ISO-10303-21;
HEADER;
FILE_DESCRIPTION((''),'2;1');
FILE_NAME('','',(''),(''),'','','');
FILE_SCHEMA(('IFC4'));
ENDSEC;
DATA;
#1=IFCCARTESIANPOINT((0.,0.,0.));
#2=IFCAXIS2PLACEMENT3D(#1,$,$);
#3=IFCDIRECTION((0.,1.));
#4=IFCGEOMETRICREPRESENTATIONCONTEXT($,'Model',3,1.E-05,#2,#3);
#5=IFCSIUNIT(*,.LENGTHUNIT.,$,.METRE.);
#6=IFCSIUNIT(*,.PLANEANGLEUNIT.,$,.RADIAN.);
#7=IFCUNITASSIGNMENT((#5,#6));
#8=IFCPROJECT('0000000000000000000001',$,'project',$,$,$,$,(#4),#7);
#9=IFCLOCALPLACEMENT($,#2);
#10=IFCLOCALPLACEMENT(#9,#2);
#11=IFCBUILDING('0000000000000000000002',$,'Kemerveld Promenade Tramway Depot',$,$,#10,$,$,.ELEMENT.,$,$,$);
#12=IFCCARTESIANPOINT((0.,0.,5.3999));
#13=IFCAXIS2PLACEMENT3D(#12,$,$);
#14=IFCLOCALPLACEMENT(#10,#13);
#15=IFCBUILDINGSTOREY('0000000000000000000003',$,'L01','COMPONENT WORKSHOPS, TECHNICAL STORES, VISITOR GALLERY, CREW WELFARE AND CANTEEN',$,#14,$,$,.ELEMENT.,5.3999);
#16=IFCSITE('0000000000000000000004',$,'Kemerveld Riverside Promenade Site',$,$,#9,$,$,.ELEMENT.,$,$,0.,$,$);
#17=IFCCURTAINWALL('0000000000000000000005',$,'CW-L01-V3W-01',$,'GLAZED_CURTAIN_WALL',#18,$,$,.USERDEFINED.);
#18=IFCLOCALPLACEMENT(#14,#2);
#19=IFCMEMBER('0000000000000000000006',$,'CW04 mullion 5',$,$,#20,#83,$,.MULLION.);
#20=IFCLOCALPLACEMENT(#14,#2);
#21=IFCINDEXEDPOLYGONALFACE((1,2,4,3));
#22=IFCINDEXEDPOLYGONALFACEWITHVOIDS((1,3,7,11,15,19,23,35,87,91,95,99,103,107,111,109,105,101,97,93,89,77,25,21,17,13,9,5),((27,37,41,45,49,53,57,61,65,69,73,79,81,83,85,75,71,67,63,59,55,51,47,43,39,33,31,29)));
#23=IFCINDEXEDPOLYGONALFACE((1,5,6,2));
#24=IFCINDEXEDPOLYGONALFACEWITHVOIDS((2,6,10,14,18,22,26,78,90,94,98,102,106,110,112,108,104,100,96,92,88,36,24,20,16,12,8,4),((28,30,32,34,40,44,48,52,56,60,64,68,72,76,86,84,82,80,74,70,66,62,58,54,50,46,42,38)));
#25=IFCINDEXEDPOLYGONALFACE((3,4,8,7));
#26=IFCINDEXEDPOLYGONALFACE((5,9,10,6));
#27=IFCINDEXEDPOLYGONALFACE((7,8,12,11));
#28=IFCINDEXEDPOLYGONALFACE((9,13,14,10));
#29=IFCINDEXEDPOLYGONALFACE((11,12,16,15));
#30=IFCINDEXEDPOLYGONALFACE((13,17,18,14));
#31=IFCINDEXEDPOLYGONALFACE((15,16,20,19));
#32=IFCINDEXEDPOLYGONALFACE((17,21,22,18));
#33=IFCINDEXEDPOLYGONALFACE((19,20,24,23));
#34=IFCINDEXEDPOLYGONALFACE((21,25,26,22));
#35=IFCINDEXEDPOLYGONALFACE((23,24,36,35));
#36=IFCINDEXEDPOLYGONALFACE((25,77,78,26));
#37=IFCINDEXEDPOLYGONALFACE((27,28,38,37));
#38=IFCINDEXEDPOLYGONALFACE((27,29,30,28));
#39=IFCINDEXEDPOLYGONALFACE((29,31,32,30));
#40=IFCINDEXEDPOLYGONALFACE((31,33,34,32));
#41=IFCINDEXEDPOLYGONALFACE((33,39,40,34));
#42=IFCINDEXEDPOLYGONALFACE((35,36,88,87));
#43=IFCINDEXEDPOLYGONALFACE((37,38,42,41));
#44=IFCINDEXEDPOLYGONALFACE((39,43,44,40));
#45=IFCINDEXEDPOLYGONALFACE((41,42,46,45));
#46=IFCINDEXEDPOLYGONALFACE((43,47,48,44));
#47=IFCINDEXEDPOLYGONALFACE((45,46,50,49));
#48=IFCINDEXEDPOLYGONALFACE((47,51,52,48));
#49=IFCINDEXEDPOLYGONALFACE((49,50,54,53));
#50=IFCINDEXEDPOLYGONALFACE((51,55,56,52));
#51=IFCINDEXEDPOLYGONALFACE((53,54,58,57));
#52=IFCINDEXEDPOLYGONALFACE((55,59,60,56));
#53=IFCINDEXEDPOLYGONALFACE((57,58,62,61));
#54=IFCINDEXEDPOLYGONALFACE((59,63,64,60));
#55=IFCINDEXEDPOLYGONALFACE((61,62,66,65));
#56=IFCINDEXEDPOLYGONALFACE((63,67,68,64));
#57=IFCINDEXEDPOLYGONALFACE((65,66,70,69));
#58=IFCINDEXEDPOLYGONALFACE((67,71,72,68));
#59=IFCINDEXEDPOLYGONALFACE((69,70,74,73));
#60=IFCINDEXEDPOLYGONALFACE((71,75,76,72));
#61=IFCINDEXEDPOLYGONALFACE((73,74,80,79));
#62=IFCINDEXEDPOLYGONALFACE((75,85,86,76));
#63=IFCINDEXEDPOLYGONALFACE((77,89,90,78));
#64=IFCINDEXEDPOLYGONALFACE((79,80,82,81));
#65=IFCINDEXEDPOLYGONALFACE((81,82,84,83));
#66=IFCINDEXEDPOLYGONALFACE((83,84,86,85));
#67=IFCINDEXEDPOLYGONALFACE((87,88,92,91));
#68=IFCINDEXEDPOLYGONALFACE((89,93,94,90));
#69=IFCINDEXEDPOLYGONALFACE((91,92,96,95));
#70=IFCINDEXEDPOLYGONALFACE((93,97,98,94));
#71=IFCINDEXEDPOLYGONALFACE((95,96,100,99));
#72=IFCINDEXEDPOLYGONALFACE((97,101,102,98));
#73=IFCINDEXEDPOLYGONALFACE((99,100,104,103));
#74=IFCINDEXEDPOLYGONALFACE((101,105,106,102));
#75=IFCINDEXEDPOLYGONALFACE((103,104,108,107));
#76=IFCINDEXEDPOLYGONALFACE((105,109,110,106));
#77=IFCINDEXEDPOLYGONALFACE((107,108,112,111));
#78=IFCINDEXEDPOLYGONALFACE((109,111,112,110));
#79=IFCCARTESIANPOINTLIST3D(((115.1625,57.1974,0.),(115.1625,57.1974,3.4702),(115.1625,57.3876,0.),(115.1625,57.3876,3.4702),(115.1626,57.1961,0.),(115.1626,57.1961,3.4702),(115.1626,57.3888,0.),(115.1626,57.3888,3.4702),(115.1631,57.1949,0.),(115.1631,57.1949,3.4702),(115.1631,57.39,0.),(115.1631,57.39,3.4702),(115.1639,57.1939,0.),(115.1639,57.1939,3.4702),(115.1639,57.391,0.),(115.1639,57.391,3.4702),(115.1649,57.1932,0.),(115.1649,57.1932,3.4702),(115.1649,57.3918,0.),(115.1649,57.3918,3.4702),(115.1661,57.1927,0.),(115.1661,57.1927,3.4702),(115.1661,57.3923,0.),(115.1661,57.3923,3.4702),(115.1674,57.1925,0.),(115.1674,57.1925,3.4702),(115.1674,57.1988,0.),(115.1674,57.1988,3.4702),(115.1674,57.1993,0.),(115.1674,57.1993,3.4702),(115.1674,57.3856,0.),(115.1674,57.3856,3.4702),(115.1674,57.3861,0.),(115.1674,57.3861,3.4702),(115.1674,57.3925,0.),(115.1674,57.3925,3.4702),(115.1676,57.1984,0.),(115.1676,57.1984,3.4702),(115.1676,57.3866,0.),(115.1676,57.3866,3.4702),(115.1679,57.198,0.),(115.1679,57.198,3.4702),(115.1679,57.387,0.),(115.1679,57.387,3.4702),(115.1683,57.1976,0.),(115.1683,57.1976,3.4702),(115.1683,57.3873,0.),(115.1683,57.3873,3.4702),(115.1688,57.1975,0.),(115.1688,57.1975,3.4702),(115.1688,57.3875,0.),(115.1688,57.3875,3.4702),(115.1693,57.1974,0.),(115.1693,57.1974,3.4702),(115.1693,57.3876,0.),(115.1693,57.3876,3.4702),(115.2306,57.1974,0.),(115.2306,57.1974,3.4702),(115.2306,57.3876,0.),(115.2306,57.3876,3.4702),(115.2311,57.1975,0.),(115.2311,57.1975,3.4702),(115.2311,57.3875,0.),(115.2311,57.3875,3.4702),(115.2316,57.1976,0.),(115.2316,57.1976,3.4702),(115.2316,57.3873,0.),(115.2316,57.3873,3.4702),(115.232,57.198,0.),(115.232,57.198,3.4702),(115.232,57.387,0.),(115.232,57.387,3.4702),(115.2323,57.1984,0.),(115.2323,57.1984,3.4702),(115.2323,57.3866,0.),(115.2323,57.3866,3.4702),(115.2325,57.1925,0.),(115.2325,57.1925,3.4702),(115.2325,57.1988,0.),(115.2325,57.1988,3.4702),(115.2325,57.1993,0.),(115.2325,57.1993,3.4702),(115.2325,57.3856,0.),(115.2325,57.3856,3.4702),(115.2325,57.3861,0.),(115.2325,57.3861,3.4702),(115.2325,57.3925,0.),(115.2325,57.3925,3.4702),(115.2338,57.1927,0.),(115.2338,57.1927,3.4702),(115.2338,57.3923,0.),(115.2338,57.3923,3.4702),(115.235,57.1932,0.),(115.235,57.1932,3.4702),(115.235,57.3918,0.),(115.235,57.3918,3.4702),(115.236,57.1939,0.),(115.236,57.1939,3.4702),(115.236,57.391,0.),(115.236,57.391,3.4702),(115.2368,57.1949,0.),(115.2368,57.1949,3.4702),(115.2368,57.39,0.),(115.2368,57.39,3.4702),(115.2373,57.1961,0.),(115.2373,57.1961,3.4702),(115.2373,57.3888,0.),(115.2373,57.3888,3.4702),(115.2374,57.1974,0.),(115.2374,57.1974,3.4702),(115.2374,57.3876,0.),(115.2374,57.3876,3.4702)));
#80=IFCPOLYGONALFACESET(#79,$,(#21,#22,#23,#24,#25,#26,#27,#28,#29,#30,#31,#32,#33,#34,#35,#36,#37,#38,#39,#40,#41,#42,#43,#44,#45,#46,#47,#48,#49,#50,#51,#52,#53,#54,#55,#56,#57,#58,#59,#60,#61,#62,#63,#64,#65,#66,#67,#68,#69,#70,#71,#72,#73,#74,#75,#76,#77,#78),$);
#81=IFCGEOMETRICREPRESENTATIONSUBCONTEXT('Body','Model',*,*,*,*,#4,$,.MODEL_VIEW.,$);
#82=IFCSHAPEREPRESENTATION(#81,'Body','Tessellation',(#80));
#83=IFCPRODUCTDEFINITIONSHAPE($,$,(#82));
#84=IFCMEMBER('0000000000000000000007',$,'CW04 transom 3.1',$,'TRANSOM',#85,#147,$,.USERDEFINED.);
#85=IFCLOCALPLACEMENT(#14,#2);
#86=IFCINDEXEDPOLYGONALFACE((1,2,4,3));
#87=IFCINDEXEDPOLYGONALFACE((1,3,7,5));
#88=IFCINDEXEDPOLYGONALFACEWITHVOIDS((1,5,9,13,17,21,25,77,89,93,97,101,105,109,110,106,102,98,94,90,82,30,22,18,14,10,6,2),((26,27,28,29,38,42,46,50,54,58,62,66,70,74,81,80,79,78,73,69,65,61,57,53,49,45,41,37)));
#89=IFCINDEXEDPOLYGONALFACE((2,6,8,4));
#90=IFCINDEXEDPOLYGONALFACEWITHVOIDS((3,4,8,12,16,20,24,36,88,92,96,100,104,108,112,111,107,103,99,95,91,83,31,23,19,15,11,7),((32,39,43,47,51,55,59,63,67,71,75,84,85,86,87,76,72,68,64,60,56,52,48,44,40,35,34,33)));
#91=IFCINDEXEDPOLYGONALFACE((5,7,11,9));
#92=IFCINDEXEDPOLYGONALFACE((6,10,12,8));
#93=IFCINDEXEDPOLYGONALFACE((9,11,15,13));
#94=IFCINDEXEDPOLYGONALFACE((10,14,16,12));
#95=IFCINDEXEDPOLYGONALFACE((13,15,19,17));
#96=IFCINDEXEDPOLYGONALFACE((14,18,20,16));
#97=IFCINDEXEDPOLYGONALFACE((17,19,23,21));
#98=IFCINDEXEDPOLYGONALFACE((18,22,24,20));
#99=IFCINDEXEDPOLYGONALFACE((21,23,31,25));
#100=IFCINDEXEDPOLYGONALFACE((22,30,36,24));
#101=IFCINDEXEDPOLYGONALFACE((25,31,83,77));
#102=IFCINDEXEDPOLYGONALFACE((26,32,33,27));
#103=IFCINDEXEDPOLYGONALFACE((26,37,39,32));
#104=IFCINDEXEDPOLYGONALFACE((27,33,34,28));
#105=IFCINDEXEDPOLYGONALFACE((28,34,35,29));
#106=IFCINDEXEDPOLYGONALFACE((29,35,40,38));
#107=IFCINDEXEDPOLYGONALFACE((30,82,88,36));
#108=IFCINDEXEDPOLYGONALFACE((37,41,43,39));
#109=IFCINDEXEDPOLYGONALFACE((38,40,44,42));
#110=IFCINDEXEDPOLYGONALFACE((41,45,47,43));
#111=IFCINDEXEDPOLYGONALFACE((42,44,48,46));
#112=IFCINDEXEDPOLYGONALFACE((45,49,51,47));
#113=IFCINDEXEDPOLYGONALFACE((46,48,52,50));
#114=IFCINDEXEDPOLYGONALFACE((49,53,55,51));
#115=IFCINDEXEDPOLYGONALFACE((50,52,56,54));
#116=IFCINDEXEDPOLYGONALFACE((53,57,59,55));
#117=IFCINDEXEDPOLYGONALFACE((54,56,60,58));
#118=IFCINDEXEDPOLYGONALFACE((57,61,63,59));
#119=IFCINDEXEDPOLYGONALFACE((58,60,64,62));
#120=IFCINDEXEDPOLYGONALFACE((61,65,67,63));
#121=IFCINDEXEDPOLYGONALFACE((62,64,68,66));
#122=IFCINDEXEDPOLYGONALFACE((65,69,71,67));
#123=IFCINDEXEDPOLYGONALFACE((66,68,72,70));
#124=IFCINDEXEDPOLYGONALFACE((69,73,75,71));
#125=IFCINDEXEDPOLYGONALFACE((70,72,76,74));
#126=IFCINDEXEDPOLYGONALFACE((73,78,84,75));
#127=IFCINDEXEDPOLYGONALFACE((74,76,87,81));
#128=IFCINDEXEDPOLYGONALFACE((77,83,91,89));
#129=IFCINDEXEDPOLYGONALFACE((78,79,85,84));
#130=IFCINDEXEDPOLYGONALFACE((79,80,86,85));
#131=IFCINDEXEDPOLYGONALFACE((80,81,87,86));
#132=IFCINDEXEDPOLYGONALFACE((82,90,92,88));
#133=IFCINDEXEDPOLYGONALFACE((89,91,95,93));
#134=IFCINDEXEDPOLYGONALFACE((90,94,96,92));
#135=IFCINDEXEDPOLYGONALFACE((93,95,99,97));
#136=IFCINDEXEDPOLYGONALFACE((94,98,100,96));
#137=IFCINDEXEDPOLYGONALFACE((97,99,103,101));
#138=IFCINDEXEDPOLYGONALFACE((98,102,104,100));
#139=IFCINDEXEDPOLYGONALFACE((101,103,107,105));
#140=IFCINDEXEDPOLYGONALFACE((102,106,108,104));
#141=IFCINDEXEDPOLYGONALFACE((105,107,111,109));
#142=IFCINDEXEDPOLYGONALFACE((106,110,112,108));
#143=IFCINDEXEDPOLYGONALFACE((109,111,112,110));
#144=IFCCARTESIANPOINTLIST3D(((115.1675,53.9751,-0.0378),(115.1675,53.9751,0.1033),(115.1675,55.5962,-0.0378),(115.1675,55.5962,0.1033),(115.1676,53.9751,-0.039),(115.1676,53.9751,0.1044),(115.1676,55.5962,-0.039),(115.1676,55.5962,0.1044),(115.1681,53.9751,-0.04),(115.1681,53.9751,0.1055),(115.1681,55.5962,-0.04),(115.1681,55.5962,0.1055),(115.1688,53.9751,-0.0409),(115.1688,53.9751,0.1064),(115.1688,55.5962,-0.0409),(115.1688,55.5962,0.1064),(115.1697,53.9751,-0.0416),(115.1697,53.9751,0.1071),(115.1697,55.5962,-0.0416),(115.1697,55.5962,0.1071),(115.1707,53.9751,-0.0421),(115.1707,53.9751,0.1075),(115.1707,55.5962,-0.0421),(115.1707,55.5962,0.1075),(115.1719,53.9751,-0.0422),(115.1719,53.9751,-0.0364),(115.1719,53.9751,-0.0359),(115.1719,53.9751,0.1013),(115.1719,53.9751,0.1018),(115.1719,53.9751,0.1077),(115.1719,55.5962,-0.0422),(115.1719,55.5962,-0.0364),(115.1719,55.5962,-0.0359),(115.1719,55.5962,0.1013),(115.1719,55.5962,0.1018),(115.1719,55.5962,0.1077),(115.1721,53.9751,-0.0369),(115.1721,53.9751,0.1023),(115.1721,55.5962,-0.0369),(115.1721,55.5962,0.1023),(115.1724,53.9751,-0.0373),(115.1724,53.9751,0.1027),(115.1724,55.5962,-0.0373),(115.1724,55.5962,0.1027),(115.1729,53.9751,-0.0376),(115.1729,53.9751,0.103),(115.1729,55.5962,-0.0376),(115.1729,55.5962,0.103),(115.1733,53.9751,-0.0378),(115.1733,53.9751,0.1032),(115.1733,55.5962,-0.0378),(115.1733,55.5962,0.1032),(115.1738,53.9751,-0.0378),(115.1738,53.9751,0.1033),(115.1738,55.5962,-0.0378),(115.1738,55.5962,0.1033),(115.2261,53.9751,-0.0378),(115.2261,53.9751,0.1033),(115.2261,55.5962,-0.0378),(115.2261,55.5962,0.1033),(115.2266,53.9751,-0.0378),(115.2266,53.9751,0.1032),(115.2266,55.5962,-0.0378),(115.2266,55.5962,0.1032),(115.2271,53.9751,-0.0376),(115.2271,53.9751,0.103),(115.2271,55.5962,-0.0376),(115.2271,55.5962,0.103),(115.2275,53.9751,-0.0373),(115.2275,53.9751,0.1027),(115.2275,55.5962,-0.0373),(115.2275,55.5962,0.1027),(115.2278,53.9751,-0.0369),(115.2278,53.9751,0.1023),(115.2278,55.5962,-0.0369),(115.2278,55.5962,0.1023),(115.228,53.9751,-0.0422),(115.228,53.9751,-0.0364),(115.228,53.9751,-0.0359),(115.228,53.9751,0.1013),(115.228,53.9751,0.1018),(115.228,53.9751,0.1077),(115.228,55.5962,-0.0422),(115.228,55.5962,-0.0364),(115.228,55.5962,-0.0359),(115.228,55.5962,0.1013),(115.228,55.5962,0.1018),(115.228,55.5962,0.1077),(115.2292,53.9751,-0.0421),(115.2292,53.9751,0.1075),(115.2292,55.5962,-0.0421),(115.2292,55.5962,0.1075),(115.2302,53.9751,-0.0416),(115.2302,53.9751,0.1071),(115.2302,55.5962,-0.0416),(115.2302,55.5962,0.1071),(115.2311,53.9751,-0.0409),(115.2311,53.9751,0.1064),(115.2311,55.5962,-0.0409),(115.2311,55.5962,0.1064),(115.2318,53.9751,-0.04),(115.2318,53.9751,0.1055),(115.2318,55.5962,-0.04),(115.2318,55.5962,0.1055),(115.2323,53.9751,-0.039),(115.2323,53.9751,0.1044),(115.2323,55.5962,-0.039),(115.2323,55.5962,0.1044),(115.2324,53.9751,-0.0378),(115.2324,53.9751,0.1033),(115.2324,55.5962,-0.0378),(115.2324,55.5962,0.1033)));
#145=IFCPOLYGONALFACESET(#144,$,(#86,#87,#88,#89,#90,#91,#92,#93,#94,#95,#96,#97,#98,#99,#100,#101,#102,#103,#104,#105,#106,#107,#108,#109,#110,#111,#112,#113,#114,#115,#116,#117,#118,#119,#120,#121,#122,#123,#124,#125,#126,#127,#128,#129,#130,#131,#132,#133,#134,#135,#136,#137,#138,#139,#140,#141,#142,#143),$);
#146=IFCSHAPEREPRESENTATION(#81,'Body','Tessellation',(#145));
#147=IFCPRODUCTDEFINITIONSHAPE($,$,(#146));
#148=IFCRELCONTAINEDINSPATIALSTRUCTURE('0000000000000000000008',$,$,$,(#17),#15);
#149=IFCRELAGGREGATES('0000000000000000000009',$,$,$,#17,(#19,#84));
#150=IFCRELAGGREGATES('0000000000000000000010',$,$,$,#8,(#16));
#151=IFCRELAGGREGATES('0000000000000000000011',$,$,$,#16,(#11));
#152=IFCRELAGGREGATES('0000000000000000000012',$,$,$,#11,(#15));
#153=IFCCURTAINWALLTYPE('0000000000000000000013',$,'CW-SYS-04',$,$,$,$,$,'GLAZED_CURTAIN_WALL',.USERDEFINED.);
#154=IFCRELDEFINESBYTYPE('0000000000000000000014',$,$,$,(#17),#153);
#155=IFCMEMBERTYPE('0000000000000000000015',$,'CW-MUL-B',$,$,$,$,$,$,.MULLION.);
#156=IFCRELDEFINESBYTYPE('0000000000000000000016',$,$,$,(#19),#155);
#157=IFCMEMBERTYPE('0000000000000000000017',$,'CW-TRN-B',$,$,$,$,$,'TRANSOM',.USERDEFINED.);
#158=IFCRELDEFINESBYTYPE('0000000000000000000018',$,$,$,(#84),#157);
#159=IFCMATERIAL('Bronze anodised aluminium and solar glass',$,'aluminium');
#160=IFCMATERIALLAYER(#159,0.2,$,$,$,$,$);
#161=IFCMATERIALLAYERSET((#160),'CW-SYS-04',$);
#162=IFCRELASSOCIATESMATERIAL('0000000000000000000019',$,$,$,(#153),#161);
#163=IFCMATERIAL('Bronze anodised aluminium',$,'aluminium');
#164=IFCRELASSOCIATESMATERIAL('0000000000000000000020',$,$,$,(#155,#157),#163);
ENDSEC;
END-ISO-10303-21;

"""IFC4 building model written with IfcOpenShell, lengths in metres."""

from ifc_helpers import new_model, si_unit, direction, frame, origin, origin_2d, place, context, subcontext, project, spatial, hollow_rectangle, extrude, material, layer, layer_set, material_profile, profile_set, type_object, element, aggregate, save


model = new_model("IFC4")

# Units and contexts
model_context = context("Model", 3, precision=1e-05, world=origin(), true_north=direction((0.0, 1.0)))
body_context = subcontext(model_context, "Body", "Model", "MODEL_VIEW")
ifc_project = project(units=[si_unit("LENGTHUNIT", "METRE"), si_unit("PLANEANGLEUNIT", "RADIAN")], contexts=[model_context])

# Site, building, storey
site_placement = place(None, origin())
site = spatial("IfcSite", under=ifc_project, at=site_placement, Name="Kemerveld Riverside Promenade Site", CompositionType="ELEMENT", RefElevation=0.0)
building_placement = place(site_placement, origin())
building = spatial("IfcBuilding", under=site, at=building_placement, Name="Kemerveld Promenade Tramway Depot", CompositionType="ELEMENT")
storey_placement = place(building_placement, frame((0.0, 0.0, 5.3999)))
storey = spatial("IfcBuildingStorey", under=building, at=storey_placement, Name="L01", Description="COMPONENT WORKSHOPS, TECHNICAL STORES, VISITOR GALLERY, CREW WELFARE AND CANTEEN", CompositionType="ELEMENT", Elevation=5.3999)

# Curtain wall, members
ifc_material_1 = material(Name="Bronze anodised aluminium and solar glass", Category="aluminium")
ifc_layer_1 = layer(ifc_material_1, 0.2)
ifc_layer_set_1 = layer_set([ifc_layer_1], Name="CW-SYS-04")
curtain_wall_type = type_object("IfcCurtainWallType", Name="CW-SYS-04", ElementType="GLAZED_CURTAIN_WALL", PredefinedType="USERDEFINED", material=ifc_layer_set_1)
curtain_wall_placement = place(storey_placement, origin())
curtain_wall = element("IfcCurtainWall", 1, at=curtain_wall_placement, inside=storey, type_object=curtain_wall_type, Name="CW-L01-V3W-01", ObjectType="GLAZED_CURTAIN_WALL", PredefinedType="USERDEFINED")
ifc_material_2 = material(Name="Bronze anodised aluminium", Category="aluminium")
ifc_material_profile_1 = material_profile(ifc_material_2, hollow_rectangle(XDim=0.075, YDim=0.2, WallThickness=0.0049, InnerFilletRadius=0.002, OuterFilletRadius=0.0049, at=origin_2d()), Name="CW-MUL-200x75")
ifc_profile_set_1 = profile_set([ifc_material_profile_1], Name="Bronze anodised aluminium")
member_type_1 = type_object("IfcMemberType", Name="CW-MUL-B", PredefinedType="MULLION", material=ifc_profile_set_1)
member_1_placement = place(storey_placement, frame((115.2, 57.2925, 0.0), z_axis=(0.0, 0.0, 1.0), x_axis=(-1.0, 0.0, 0.0)))
member_1 = element("IfcMember", 2, at=member_1_placement, type_object=member_type_1, Name="CW04 mullion 5", PredefinedType="MULLION", context=body_context, shape_type="SweptSolid", body=[
    extrude(hollow_rectangle(XDim=0.075, YDim=0.2, WallThickness=0.0049, InnerFilletRadius=0.002, OuterFilletRadius=0.0049, at=origin_2d()), origin(), (0.0, 0.0, 1.0), 3.4702),
])
ifc_material_profile_2 = material_profile(ifc_material_2, hollow_rectangle(XDim=0.0649, YDim=0.1499, WallThickness=0.0044, InnerFilletRadius=0.002, OuterFilletRadius=0.0044, at=origin_2d()), Name="CW-TRN-150x65")
ifc_profile_set_2 = profile_set([ifc_material_profile_2], Name="Bronze anodised aluminium")
member_type_2 = type_object("IfcMemberType", Name="CW-TRN-B", ElementType="TRANSOM", PredefinedType="USERDEFINED", material=ifc_profile_set_2)
member_2_placement = place(storey_placement, frame((115.2, 53.9751, 0.0327), z_axis=(0.0, 1.0, 0.0), x_axis=(-1.0, 0.0, 0.0)))
member_2 = element("IfcMember", 3, at=member_2_placement, type_object=member_type_2, Name="CW04 transom 3.1", ObjectType="TRANSOM", PredefinedType="USERDEFINED", context=body_context, shape_type="SweptSolid", body=[
    extrude(hollow_rectangle(XDim=0.0649, YDim=0.1499, WallThickness=0.0044, InnerFilletRadius=0.002, OuterFilletRadius=0.0044, at=origin_2d()), origin(), (0.0, 0.0, 1.0), 1.6211),
])
aggregate(curtain_wall, [member_1, member_2])

save(model, "model.ifc")
